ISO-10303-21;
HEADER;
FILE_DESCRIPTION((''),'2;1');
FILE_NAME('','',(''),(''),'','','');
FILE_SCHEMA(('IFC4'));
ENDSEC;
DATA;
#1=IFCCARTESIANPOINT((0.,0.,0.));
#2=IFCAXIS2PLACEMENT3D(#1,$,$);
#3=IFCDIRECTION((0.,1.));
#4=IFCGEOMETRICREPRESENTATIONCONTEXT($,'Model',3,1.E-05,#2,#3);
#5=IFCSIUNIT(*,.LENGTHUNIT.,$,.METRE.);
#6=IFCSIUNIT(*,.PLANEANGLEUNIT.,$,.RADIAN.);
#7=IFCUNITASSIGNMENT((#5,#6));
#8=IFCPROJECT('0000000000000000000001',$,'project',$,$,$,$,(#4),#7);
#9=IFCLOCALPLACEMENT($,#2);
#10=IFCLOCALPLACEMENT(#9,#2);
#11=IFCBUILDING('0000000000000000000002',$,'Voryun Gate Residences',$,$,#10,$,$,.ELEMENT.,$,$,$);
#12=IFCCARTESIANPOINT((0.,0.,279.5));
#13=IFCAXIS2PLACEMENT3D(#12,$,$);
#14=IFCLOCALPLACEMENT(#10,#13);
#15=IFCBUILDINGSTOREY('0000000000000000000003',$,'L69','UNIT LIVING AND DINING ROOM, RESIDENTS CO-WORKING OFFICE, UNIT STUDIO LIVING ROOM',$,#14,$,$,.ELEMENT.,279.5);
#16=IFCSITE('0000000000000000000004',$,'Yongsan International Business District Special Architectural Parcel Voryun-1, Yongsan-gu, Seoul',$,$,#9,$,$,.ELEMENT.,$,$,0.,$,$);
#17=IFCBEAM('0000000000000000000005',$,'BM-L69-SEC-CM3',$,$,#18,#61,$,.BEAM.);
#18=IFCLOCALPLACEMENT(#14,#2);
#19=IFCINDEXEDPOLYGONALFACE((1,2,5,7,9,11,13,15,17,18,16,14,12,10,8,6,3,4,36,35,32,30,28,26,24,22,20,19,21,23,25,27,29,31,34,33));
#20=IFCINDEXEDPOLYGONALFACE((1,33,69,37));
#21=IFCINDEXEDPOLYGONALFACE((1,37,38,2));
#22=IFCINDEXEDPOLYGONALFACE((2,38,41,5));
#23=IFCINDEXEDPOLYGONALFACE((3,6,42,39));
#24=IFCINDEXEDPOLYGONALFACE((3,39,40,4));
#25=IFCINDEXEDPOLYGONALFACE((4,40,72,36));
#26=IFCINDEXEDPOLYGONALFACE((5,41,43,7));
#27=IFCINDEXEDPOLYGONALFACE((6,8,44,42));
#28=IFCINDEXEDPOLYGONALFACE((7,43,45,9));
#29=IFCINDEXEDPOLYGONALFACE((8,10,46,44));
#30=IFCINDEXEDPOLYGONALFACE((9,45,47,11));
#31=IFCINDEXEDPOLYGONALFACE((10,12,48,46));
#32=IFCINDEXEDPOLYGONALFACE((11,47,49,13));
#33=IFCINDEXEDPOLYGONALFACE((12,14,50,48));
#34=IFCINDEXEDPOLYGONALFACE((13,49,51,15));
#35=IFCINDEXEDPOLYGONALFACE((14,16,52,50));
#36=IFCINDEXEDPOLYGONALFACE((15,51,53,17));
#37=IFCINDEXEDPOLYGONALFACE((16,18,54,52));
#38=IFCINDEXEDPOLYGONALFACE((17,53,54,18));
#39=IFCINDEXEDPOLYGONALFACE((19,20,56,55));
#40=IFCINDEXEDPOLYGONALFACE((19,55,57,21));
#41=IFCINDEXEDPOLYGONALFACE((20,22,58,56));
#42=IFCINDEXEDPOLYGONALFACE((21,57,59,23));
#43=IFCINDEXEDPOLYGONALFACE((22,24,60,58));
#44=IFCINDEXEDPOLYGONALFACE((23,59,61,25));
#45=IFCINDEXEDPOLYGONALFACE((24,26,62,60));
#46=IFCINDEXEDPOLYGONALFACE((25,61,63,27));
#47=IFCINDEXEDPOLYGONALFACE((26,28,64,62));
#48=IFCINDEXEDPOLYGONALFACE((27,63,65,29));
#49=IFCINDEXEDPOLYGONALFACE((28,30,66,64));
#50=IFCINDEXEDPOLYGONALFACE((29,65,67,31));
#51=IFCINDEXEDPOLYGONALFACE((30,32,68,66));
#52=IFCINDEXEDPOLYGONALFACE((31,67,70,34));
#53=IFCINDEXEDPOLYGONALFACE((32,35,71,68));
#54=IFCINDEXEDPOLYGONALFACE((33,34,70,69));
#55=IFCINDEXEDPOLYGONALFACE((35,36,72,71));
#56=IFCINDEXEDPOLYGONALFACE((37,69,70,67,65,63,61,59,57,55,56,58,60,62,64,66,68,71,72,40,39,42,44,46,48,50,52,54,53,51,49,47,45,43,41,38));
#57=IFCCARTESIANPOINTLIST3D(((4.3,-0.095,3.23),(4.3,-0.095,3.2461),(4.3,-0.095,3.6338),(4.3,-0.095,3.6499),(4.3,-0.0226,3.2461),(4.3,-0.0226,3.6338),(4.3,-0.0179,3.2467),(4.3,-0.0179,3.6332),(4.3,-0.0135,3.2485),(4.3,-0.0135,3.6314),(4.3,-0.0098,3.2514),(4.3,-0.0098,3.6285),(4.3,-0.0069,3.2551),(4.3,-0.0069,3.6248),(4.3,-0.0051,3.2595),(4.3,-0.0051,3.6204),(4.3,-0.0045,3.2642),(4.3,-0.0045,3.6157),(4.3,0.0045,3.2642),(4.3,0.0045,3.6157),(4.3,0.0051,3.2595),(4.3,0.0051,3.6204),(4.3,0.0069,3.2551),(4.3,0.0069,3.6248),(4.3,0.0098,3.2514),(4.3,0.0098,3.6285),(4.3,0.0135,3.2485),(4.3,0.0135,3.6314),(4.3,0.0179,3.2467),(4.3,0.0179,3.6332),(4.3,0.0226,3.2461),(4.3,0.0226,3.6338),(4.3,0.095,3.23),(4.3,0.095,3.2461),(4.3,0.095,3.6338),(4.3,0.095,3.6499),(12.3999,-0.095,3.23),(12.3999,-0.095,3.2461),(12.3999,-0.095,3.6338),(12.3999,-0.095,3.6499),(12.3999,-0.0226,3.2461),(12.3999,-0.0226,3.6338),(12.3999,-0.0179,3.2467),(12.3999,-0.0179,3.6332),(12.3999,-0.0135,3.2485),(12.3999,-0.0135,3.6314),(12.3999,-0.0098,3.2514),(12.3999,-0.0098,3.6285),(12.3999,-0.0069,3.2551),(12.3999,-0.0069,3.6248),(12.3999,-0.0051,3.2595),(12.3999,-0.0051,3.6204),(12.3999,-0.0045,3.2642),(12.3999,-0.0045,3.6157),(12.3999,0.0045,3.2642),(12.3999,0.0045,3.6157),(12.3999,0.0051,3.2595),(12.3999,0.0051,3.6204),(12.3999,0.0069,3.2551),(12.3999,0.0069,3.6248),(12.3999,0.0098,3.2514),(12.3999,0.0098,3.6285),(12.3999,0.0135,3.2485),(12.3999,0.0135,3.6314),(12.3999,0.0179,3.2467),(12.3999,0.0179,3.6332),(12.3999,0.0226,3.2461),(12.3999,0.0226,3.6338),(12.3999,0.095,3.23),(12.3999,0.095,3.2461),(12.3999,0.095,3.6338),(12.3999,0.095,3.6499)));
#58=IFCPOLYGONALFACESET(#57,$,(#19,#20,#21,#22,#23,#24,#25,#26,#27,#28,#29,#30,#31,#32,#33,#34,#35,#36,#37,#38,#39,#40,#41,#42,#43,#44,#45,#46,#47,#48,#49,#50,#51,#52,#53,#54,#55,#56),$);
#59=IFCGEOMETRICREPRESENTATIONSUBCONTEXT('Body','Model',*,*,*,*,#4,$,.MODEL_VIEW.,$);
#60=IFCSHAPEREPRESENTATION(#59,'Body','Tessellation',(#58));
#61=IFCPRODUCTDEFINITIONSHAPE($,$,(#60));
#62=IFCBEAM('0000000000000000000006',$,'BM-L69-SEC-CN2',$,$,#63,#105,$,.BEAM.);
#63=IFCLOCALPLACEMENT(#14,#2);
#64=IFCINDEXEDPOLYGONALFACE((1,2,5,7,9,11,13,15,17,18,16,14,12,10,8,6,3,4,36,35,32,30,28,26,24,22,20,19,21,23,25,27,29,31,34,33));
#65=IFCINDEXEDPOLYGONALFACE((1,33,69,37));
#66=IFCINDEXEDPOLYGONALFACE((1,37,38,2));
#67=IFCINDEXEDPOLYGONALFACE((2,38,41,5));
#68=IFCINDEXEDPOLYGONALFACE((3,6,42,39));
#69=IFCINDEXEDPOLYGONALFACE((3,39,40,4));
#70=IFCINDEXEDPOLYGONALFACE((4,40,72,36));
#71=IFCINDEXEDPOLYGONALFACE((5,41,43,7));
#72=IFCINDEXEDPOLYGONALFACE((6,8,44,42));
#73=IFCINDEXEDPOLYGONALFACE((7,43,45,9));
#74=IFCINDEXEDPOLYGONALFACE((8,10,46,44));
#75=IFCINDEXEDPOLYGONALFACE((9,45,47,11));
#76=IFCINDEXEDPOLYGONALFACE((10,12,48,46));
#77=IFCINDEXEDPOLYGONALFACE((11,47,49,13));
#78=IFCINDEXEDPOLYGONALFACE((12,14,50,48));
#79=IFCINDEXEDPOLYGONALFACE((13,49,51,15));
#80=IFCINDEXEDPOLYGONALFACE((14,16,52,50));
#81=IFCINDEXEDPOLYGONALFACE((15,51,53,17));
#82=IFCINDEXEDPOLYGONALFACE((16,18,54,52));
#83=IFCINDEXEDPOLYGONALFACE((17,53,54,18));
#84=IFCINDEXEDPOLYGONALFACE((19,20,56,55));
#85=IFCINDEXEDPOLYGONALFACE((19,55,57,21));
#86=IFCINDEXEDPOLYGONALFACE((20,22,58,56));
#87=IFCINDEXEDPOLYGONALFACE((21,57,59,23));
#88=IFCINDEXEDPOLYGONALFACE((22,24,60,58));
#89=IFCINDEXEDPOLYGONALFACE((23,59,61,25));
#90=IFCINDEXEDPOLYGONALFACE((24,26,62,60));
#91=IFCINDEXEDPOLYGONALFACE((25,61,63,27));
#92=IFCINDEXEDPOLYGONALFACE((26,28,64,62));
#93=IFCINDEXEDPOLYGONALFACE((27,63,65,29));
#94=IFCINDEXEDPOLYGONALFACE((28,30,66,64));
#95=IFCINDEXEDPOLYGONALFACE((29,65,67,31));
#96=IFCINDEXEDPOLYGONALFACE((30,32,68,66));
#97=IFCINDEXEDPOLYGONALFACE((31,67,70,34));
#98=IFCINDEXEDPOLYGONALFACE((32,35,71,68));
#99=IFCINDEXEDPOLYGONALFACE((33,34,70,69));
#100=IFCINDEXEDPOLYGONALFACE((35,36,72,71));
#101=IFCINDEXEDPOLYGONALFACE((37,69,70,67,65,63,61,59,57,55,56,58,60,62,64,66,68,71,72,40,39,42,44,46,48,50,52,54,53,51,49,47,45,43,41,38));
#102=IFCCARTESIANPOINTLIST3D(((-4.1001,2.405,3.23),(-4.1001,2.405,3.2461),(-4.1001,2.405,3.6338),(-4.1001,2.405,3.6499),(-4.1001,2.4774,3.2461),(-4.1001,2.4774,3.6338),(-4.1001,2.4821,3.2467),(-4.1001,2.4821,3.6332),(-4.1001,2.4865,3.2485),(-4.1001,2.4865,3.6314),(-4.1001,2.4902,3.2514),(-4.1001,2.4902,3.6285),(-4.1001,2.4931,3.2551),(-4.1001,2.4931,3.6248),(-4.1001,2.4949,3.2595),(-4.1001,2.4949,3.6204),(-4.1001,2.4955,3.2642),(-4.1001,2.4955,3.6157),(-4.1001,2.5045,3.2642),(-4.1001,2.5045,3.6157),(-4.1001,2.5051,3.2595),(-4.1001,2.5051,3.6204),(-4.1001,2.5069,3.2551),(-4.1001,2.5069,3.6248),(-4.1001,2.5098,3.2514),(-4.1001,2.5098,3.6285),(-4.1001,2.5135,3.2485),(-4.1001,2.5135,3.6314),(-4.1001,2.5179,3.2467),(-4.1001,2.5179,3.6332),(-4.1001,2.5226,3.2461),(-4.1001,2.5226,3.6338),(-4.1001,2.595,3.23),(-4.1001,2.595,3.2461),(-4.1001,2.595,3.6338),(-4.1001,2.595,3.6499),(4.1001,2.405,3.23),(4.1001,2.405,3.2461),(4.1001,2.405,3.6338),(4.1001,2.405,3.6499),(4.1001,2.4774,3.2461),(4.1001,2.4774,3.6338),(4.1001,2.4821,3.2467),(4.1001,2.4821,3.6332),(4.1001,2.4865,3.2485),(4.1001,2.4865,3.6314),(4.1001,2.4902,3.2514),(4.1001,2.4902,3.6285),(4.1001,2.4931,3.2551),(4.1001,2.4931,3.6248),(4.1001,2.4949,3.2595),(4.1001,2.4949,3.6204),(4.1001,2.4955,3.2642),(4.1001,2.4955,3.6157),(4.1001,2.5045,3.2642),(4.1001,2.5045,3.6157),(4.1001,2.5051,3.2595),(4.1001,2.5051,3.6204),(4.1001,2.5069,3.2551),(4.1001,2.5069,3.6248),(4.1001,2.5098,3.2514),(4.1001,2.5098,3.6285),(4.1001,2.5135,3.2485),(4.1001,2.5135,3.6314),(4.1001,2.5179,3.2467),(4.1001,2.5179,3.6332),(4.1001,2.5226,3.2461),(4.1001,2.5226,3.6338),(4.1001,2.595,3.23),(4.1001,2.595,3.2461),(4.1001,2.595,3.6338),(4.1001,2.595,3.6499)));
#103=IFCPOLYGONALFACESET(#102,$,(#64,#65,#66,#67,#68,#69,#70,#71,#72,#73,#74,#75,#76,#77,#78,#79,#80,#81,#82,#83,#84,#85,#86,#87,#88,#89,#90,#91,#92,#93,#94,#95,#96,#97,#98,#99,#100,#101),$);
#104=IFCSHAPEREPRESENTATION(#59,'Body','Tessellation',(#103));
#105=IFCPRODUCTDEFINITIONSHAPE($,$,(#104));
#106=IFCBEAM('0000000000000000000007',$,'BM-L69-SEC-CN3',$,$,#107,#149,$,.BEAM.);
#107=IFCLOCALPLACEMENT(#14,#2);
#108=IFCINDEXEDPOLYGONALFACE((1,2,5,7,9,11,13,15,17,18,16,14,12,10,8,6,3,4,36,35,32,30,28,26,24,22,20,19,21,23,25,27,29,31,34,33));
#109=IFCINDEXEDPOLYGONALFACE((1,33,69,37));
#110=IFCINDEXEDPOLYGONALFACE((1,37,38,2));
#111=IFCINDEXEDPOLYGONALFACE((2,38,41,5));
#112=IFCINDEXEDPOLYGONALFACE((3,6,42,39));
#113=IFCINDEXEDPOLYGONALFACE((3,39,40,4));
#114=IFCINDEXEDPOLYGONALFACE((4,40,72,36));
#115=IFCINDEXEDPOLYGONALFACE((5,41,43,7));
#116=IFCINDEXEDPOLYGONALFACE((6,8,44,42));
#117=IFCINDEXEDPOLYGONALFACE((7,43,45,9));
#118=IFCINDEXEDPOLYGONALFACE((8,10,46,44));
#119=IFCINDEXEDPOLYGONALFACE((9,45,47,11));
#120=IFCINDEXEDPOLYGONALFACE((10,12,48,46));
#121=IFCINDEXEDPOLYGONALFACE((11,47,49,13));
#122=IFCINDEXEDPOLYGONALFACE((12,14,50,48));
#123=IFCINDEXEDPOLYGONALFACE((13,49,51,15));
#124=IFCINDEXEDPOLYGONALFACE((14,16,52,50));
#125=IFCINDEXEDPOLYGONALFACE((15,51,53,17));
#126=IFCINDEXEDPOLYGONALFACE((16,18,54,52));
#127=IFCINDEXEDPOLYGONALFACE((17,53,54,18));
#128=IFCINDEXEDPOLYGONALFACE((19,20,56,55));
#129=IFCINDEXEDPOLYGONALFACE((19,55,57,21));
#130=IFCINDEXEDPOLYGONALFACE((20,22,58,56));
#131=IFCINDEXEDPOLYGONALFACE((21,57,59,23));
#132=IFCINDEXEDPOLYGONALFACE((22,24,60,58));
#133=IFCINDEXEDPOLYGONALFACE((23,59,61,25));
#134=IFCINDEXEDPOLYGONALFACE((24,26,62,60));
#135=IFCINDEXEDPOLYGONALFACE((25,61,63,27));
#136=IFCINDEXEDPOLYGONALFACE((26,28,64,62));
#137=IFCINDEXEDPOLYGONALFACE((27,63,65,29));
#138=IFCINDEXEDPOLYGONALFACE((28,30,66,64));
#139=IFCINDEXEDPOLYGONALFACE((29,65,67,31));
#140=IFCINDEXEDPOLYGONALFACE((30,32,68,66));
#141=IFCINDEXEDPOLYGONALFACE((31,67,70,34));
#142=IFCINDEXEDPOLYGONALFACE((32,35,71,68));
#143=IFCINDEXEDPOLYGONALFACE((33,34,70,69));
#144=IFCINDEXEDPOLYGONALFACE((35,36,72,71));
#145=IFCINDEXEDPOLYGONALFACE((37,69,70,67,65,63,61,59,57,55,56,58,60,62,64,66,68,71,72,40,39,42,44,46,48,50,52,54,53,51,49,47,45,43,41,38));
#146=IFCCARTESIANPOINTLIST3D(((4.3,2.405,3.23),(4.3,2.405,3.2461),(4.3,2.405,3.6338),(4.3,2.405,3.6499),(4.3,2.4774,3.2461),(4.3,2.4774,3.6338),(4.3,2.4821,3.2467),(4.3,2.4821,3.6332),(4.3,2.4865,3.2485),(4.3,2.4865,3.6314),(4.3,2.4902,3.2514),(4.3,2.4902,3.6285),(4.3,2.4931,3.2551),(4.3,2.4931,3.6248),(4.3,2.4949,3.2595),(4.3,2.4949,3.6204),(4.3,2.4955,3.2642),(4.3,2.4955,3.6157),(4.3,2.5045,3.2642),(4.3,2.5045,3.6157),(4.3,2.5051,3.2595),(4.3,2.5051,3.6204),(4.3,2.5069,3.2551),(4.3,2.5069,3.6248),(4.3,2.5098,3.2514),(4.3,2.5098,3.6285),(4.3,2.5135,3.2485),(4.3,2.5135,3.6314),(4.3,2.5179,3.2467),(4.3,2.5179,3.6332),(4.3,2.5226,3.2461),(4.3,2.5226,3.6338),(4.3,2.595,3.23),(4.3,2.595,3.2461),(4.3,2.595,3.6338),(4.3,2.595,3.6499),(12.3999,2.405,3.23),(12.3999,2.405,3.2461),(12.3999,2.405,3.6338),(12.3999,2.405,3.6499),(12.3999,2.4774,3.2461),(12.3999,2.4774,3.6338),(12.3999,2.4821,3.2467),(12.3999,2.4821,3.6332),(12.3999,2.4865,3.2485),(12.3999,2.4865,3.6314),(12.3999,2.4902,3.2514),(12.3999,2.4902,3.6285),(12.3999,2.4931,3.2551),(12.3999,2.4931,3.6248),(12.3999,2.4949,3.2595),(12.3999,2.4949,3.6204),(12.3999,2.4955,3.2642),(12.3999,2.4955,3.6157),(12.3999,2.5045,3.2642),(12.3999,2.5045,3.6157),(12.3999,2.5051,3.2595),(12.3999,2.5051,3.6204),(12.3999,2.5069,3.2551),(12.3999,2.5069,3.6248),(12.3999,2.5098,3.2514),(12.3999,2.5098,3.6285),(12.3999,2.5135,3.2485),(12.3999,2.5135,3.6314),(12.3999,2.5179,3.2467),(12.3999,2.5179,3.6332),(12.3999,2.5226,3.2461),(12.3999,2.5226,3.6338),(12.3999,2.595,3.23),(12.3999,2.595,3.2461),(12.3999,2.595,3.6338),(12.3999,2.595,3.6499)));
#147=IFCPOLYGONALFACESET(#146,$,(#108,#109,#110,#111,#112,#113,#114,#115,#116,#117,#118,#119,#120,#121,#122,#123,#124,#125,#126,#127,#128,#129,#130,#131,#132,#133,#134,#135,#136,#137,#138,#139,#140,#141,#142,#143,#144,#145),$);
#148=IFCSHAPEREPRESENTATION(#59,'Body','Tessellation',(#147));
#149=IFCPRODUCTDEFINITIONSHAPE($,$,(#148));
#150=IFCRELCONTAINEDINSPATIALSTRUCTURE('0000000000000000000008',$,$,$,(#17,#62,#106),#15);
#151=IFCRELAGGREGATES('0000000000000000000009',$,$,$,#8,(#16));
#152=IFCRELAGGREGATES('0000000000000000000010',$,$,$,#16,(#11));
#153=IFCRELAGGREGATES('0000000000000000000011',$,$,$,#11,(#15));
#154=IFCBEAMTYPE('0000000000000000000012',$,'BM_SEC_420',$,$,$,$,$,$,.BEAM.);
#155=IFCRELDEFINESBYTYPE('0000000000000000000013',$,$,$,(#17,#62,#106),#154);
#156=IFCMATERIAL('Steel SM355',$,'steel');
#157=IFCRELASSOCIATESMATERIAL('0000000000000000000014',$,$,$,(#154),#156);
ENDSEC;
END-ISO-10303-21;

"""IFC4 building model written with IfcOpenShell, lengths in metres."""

from ifc_helpers import new_model, si_unit, direction, frame, origin, origin_2d, place, context, subcontext, project, spatial, i_section, extrude, material, material_profile, profile_set, type_object, element, save


model = new_model("IFC4")

# Units and contexts
model_context = context("Model", 3, precision=1e-05, world=origin(), true_north=direction((0.0, 1.0)))
body_context = subcontext(model_context, "Body", "Model", "MODEL_VIEW")
ifc_project = project(units=[si_unit("LENGTHUNIT", "METRE"), si_unit("PLANEANGLEUNIT", "RADIAN")], contexts=[model_context])

# Site, building, storey
site_placement = place(None, origin())
site = spatial("IfcSite", under=ifc_project, at=site_placement, Name="Yongsan International Business District Special Architectural Parcel Voryun-1, Yongsan-gu, Seoul", CompositionType="ELEMENT", RefElevation=0.0)
building_placement = place(site_placement, origin())
building = spatial("IfcBuilding", under=site, at=building_placement, Name="Voryun Gate Residences", CompositionType="ELEMENT")
storey_placement = place(building_placement, frame((0.0, 0.0, 279.5)))
storey = spatial("IfcBuildingStorey", under=building, at=storey_placement, Name="L69", Description="UNIT LIVING AND DINING ROOM, RESIDENTS CO-WORKING OFFICE, UNIT STUDIO LIVING ROOM", CompositionType="ELEMENT", Elevation=279.5)

# Beams
ifc_material_1 = material(Name="Steel SM355", Category="steel")
ifc_material_profile_1 = material_profile(ifc_material_1, i_section(OverallWidth=0.1899, OverallDepth=0.4199, WebThickness=0.009, FlangeThickness=0.0161, FilletRadius=0.0181, at=origin_2d()), Name="H-420x190x9x16")
ifc_profile_set_1 = profile_set([ifc_material_profile_1], Name="Steel SM355")
beam_type_1 = type_object("IfcBeamType", Name="BM_SEC_420", PredefinedType="BEAM", material=ifc_profile_set_1)
beam_1_placement = place(storey_placement, frame((4.3, 0.0, 3.4399), z_axis=(1.0, 0.0, 0.0), x_axis=(0.0, 1.0, 0.0)))
element("IfcBeam", 1, at=beam_1_placement, inside=storey, type_object=beam_type_1, Name="BM-L69-SEC-CM3", PredefinedType="BEAM", context=body_context, shape_type="SweptSolid", body=[
    extrude(i_section(OverallWidth=0.1899, OverallDepth=0.4199, WebThickness=0.009, FlangeThickness=0.0161, FilletRadius=0.0181, at=origin_2d()), origin(), (0.0, 0.0, 1.0), 8.0999),
])
beam_2_placement = place(storey_placement, frame((-4.1001, 2.5, 3.4399), z_axis=(1.0, 0.0, 0.0), x_axis=(0.0, 1.0, 0.0)))
element("IfcBeam", 2, at=beam_2_placement, inside=storey, type_object=beam_type_1, Name="BM-L69-SEC-CN2", PredefinedType="BEAM", context=body_context, shape_type="SweptSolid", body=[
    extrude(i_section(OverallWidth=0.1899, OverallDepth=0.4199, WebThickness=0.009, FlangeThickness=0.0161, FilletRadius=0.0181, at=origin_2d()), origin(), (0.0, 0.0, 1.0), 8.2002),
])
beam_3_placement = place(storey_placement, frame((4.3, 2.5, 3.4399), z_axis=(1.0, 0.0, 0.0), x_axis=(0.0, 1.0, 0.0)))
element("IfcBeam", 3, at=beam_3_placement, inside=storey, type_object=beam_type_1, Name="BM-L69-SEC-CN3", PredefinedType="BEAM", context=body_context, shape_type="SweptSolid", body=[
    extrude(i_section(OverallWidth=0.1899, OverallDepth=0.4199, WebThickness=0.009, FlangeThickness=0.0161, FilletRadius=0.0181, at=origin_2d()), origin(), (0.0, 0.0, 1.0), 8.0999),
])

save(model, "model.ifc")
